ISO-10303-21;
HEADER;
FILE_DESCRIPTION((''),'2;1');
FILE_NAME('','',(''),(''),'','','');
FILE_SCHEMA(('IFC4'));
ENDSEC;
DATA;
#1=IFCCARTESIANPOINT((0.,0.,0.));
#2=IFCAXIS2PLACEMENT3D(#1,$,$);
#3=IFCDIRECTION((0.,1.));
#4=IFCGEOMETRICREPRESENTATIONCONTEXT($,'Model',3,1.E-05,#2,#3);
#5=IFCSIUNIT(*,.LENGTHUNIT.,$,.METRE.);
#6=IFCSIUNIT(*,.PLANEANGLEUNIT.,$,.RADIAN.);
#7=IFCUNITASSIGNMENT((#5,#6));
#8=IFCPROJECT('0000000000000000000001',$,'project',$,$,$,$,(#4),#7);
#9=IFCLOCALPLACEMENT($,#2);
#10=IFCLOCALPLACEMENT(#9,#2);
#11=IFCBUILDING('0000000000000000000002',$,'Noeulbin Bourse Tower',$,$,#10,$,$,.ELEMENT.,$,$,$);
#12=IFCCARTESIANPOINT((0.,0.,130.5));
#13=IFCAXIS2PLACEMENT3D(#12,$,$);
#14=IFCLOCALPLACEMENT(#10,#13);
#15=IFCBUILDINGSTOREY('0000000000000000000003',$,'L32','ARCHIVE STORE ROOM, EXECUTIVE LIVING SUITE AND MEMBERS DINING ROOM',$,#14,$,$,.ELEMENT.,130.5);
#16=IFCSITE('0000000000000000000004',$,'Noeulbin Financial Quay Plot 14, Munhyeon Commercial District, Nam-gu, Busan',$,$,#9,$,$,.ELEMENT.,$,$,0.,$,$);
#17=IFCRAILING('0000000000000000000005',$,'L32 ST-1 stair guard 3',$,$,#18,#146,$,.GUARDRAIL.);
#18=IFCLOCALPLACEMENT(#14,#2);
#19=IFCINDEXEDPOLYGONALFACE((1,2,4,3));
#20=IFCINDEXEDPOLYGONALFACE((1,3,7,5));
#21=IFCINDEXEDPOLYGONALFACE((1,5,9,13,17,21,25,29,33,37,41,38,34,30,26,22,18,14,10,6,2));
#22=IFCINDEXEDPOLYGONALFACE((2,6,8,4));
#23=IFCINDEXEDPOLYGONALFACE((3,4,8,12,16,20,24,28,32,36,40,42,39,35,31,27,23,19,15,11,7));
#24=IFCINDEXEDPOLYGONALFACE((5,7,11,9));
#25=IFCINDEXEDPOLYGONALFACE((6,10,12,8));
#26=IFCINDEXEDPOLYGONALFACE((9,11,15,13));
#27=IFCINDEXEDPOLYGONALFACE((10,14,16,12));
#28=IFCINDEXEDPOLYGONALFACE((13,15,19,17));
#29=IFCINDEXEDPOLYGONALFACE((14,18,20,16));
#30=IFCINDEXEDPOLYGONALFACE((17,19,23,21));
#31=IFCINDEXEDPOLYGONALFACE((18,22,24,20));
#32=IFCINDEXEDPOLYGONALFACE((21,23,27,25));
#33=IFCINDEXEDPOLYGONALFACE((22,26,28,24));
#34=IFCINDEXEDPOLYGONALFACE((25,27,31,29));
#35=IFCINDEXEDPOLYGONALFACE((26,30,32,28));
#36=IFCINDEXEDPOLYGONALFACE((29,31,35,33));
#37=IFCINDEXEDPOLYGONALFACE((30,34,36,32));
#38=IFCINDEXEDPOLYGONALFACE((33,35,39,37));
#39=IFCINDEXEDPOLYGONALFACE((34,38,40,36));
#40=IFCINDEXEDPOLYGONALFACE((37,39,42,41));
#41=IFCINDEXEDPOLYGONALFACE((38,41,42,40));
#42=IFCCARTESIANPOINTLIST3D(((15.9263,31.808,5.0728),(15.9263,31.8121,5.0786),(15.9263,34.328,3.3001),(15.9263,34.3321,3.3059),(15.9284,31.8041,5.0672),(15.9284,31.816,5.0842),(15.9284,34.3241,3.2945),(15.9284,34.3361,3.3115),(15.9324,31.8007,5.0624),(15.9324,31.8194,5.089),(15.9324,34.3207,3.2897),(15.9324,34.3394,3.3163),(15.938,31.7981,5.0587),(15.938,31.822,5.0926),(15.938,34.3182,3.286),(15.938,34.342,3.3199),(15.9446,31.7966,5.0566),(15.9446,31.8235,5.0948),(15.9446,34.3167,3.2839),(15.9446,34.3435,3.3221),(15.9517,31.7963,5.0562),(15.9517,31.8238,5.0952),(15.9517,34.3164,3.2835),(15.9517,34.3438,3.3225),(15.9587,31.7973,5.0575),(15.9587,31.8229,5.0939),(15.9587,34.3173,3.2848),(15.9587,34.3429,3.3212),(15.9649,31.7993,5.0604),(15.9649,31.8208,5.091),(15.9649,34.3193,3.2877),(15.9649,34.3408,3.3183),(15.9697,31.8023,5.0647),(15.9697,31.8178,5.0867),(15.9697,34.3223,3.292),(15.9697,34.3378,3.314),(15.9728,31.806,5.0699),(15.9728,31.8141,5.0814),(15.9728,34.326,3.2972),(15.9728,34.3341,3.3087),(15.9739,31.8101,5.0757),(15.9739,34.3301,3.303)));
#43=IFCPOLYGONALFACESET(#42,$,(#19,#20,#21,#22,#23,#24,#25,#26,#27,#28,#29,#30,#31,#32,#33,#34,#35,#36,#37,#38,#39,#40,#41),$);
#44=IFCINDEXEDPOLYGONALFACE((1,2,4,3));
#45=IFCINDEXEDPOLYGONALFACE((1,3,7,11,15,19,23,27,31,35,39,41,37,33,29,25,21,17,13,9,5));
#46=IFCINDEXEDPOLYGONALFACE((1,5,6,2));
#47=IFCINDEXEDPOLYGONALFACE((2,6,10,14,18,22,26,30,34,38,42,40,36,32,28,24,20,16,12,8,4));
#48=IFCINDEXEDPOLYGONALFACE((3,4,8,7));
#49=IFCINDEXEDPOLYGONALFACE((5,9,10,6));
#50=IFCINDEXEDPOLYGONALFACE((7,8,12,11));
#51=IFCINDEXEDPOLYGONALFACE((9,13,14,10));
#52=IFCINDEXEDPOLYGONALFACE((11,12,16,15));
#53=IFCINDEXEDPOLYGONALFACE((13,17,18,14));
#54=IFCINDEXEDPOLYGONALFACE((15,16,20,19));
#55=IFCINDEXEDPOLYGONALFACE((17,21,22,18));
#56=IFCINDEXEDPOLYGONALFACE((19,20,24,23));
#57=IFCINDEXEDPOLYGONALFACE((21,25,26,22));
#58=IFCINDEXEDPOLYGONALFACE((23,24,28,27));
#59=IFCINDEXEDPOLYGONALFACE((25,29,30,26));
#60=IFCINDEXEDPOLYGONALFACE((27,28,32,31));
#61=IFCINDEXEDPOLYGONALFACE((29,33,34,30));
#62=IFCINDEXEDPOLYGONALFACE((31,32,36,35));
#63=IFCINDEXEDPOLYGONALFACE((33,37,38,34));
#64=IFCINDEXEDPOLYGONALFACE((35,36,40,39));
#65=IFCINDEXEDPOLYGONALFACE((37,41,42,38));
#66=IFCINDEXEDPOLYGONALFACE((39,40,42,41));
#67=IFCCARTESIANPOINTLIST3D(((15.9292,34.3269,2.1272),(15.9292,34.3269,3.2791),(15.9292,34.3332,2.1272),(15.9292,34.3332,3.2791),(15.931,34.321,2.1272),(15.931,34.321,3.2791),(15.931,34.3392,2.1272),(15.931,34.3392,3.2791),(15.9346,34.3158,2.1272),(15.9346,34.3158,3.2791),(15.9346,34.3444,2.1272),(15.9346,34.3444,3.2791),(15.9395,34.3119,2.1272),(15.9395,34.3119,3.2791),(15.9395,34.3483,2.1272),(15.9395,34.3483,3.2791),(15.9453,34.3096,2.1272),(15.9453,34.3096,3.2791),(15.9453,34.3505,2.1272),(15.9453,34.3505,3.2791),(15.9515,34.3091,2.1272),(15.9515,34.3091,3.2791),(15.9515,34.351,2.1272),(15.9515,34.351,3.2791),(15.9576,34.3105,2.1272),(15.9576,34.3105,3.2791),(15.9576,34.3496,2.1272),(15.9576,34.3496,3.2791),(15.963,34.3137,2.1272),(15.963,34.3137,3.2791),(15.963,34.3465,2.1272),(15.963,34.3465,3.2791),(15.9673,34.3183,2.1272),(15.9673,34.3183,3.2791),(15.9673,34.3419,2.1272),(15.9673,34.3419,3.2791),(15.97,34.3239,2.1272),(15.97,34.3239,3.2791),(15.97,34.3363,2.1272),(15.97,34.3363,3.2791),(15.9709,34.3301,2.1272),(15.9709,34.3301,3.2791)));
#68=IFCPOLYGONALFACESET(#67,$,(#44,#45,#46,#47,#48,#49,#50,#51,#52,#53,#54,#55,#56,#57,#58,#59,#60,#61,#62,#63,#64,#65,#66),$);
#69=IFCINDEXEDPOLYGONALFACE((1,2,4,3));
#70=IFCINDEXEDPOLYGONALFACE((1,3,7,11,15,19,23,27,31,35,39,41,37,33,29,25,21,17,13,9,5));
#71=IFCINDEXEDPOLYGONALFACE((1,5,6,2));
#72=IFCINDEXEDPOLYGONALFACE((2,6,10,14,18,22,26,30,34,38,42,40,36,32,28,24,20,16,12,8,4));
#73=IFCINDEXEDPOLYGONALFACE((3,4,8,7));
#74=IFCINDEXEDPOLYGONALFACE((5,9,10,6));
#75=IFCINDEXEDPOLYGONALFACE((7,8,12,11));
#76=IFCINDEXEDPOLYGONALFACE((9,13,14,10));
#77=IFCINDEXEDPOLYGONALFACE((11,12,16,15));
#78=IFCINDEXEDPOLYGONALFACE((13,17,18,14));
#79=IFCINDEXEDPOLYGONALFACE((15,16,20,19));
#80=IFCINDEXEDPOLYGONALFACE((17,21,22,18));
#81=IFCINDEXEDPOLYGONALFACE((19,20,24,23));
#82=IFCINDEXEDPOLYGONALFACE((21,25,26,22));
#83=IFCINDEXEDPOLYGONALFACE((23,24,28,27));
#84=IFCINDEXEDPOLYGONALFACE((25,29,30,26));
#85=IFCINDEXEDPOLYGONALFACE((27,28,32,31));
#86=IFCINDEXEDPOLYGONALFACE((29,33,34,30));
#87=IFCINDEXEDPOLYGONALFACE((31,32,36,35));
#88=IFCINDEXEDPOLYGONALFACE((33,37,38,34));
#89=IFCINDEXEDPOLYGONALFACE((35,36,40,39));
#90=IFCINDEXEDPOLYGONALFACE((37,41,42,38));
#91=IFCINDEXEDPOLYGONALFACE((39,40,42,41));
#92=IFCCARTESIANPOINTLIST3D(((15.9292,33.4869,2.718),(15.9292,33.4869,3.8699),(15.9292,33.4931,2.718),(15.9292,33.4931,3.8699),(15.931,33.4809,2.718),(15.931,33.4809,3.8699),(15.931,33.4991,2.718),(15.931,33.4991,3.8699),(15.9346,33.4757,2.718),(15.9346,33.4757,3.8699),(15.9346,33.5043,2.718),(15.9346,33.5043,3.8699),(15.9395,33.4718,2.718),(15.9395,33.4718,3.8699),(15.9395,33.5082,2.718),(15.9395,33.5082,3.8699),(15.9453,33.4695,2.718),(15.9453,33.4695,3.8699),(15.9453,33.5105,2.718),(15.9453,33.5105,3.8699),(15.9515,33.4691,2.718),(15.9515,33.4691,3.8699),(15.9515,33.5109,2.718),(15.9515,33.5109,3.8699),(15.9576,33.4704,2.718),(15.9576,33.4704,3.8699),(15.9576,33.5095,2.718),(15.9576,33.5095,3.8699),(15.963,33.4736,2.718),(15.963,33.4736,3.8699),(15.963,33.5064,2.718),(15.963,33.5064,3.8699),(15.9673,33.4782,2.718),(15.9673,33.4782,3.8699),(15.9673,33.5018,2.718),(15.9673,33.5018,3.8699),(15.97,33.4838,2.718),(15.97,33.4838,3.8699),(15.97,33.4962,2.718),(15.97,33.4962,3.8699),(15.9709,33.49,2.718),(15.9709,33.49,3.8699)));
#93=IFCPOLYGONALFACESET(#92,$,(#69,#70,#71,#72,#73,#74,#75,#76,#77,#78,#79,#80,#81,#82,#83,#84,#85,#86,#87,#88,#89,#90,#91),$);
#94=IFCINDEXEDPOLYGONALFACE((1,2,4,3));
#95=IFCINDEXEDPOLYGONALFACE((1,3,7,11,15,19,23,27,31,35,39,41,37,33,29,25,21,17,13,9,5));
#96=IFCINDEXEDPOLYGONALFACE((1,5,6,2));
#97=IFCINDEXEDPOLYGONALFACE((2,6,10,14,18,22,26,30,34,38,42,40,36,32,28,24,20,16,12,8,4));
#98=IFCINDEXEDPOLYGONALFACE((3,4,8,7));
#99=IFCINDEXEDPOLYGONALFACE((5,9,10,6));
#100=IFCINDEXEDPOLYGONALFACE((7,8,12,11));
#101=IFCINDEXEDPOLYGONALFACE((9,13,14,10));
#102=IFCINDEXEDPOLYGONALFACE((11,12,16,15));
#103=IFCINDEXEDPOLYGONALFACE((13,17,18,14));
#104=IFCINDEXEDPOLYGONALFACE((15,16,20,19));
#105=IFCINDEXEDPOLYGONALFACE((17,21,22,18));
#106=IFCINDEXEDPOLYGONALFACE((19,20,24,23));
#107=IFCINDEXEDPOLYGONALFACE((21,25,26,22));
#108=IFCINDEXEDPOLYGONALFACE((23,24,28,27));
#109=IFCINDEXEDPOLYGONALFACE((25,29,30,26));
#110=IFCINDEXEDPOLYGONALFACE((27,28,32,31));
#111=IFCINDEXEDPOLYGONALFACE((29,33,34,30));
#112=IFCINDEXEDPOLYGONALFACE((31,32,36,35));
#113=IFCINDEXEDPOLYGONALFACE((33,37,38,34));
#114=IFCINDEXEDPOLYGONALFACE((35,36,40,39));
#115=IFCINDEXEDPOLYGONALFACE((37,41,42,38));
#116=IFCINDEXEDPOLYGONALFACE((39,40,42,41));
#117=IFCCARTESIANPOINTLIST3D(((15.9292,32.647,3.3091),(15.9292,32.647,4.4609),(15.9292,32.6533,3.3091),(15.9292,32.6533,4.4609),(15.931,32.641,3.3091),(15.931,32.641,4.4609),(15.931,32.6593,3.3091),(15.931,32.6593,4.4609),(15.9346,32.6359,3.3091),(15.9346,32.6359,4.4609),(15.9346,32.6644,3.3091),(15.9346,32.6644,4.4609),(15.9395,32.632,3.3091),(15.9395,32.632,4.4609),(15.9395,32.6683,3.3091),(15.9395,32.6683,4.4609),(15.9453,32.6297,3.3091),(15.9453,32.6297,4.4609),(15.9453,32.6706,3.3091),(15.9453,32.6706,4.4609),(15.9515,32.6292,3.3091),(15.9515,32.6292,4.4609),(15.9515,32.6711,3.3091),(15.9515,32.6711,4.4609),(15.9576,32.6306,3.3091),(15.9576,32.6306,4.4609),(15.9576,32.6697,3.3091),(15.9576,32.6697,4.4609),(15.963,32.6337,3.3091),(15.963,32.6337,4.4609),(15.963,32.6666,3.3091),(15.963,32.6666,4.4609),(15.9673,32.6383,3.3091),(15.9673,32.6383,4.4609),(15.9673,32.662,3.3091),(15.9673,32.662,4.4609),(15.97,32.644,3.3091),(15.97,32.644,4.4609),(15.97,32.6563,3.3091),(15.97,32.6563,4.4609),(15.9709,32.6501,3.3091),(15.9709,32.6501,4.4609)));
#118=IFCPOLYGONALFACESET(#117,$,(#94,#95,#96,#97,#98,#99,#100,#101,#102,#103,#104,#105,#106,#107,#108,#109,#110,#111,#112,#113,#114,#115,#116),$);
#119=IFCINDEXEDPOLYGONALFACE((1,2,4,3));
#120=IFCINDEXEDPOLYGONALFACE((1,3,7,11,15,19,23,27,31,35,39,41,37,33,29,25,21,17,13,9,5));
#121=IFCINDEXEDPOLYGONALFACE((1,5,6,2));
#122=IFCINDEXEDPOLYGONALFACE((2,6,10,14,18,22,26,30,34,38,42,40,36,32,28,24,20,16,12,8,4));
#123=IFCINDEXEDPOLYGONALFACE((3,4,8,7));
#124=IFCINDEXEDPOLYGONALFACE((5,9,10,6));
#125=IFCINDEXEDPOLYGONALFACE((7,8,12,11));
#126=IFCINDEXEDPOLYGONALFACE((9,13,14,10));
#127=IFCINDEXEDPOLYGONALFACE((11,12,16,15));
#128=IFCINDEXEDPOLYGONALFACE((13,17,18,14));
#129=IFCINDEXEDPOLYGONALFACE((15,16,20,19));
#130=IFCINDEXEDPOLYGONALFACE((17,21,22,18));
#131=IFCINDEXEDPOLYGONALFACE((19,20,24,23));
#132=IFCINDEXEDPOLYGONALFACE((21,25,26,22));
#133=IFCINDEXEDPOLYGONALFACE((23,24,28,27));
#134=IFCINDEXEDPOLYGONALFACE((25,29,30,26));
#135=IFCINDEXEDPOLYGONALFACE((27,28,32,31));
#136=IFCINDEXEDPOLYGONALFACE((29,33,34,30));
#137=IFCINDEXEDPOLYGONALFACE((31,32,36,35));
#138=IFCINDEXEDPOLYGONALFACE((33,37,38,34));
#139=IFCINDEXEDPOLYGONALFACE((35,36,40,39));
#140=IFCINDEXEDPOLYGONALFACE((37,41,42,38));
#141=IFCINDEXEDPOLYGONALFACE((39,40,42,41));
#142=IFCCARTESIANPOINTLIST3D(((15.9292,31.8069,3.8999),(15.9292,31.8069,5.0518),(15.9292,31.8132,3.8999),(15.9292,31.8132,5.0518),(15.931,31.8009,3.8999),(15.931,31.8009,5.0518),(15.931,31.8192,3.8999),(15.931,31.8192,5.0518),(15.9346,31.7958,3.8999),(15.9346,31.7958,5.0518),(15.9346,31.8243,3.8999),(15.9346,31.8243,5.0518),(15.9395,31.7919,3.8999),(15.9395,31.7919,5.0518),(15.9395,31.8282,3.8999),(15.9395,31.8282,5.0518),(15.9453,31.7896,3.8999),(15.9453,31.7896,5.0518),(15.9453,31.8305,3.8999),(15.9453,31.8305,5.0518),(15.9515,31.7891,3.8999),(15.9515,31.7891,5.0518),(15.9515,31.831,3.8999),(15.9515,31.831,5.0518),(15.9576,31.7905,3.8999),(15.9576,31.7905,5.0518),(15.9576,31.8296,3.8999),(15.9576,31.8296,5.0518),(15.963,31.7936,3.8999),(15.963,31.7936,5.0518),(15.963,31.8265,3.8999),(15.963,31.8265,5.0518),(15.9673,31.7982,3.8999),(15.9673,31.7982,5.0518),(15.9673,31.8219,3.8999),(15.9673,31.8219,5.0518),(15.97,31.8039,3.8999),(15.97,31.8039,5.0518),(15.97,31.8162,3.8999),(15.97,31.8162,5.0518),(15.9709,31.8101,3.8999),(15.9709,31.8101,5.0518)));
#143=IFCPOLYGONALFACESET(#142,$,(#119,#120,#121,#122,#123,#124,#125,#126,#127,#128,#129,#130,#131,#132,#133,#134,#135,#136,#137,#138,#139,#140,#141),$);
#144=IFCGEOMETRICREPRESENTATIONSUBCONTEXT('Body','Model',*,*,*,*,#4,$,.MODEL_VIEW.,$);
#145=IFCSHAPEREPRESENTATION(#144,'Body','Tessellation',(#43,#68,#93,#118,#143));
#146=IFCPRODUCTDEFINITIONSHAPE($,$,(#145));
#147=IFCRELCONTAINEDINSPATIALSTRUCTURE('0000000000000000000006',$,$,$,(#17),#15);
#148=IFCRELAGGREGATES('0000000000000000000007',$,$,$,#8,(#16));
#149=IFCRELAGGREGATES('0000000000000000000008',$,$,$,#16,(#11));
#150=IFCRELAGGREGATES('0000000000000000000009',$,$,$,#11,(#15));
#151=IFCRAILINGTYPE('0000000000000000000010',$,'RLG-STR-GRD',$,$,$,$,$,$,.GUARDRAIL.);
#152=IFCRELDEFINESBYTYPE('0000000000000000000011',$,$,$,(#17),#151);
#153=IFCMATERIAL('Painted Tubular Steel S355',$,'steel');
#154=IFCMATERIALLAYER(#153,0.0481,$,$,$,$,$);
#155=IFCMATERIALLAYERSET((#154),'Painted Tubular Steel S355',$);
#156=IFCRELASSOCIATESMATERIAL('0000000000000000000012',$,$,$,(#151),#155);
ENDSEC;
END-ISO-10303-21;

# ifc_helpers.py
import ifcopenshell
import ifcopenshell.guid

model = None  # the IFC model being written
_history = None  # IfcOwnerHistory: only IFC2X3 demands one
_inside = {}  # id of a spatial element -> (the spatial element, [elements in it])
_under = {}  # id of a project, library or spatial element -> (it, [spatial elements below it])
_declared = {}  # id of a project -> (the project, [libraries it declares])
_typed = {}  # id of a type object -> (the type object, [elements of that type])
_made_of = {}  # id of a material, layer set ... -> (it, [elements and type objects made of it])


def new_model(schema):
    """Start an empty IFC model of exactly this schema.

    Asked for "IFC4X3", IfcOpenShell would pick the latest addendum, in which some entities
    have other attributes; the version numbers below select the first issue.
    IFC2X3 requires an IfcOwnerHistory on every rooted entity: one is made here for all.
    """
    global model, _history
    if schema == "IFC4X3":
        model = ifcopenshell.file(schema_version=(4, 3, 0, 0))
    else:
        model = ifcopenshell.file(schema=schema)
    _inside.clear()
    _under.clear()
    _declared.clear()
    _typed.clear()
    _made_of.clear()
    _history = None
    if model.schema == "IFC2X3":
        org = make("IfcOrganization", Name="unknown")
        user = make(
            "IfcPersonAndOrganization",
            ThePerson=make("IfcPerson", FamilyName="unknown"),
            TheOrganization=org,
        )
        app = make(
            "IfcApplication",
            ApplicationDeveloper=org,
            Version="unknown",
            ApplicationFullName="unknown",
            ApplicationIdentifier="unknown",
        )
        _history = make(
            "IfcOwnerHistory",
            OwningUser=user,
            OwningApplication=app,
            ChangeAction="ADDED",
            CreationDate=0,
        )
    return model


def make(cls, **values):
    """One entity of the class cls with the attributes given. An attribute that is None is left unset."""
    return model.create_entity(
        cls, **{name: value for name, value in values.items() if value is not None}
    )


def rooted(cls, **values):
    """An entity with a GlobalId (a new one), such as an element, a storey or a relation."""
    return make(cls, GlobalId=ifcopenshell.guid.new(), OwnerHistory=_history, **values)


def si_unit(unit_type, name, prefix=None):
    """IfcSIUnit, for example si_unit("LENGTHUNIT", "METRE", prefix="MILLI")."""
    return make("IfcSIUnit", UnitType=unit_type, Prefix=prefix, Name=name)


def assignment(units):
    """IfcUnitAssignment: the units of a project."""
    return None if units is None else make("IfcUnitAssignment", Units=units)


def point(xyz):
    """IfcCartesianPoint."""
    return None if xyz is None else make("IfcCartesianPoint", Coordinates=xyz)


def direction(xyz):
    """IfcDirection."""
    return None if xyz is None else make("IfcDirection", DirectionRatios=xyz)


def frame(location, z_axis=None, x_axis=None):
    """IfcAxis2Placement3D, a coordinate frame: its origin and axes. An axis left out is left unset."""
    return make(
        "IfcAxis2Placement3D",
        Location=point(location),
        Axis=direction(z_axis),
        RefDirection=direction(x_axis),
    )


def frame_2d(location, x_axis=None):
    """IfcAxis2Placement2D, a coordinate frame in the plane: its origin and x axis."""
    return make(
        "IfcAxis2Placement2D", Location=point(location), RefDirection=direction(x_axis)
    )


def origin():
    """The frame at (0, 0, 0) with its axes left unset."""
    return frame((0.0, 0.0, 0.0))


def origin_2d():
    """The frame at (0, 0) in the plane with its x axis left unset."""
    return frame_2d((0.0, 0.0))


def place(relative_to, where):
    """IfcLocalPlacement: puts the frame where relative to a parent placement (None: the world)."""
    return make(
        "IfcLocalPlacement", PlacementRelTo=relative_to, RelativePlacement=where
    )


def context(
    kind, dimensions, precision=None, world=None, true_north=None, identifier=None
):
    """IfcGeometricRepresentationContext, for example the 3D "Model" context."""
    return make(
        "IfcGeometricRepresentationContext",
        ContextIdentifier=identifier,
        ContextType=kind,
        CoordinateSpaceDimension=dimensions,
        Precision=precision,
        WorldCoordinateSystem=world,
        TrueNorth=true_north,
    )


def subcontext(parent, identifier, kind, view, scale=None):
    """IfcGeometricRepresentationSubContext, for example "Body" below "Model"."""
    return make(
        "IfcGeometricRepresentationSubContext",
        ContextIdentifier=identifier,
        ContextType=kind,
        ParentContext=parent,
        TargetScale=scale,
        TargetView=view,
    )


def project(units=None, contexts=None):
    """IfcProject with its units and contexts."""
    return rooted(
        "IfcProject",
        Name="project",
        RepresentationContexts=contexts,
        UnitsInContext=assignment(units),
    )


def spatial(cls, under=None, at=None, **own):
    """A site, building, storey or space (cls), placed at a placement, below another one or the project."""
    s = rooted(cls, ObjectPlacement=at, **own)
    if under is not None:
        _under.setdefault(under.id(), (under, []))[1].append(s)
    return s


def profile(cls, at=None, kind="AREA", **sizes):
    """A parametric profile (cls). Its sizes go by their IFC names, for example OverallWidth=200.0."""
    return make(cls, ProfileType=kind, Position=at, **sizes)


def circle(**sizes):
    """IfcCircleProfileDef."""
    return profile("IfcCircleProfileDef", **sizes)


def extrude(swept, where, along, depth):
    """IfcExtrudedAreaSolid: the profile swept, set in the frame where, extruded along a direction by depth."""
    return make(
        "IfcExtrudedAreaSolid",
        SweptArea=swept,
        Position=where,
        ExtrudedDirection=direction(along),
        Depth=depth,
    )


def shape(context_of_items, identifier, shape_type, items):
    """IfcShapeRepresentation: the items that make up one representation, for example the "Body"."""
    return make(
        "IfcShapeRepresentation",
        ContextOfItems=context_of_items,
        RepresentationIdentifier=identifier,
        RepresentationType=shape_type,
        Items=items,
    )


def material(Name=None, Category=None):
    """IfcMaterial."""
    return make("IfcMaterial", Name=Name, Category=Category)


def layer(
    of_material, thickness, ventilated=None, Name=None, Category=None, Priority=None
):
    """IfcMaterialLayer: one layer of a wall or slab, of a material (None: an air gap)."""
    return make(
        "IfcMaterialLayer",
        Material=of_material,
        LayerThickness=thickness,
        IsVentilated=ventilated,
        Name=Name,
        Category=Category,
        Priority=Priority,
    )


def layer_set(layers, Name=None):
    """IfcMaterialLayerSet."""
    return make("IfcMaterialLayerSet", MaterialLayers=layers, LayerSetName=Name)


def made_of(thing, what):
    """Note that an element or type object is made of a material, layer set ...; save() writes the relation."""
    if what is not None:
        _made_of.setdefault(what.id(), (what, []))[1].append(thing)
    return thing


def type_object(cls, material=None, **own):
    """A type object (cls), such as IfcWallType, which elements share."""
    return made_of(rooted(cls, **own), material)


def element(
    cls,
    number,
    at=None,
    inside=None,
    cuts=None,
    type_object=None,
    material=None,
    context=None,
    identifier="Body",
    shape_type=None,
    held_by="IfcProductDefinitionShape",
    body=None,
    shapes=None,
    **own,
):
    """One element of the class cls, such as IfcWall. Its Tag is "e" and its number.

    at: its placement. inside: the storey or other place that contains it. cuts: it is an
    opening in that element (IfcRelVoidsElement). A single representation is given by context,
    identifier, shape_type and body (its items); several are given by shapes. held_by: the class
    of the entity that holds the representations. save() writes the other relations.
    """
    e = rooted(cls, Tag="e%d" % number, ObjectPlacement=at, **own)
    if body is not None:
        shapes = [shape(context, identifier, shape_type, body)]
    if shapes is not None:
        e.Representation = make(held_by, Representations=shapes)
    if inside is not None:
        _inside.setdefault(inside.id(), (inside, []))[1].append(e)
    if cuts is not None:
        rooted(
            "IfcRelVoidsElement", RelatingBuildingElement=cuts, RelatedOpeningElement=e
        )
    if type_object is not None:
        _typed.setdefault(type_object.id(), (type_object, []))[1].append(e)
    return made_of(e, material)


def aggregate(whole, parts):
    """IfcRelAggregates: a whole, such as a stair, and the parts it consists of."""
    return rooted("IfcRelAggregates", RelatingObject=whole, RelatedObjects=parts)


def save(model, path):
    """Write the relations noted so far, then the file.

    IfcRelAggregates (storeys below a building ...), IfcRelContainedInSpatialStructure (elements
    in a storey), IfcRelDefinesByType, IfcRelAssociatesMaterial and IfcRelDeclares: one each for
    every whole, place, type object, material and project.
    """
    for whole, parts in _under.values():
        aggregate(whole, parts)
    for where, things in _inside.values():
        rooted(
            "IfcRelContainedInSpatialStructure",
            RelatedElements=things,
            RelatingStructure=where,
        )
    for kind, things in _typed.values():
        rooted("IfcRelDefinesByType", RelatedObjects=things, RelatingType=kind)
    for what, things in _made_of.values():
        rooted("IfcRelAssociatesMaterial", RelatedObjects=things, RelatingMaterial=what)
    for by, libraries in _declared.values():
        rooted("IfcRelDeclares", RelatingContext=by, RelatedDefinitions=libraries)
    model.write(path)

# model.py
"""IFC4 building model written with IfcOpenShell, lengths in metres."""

from ifc_helpers import new_model, si_unit, direction, frame, origin, origin_2d, place, context, subcontext, project, spatial, circle, extrude, material, layer, layer_set, type_object, element, save


model = new_model("IFC4")

# Units and contexts
model_context = context("Model", 3, precision=1e-05, world=origin(), true_north=direction((0.0, 1.0)))
body_context = subcontext(model_context, "Body", "Model", "MODEL_VIEW")
ifc_project = project(units=[si_unit("LENGTHUNIT", "METRE"), si_unit("PLANEANGLEUNIT", "RADIAN")], contexts=[model_context])

# Site, building, storey
site_placement = place(None, origin())
site = spatial("IfcSite", under=ifc_project, at=site_placement, Name="Noeulbin Financial Quay Plot 14, Munhyeon Commercial District, Nam-gu, Busan", CompositionType="ELEMENT", RefElevation=0.0)
building_placement = place(site_placement, origin())
building = spatial("IfcBuilding", under=site, at=building_placement, Name="Noeulbin Bourse Tower", CompositionType="ELEMENT")
storey_placement = place(building_placement, frame((0.0, 0.0, 130.5)))
storey = spatial("IfcBuildingStorey", under=building, at=storey_placement, Name="L32", Description="ARCHIVE STORE ROOM, EXECUTIVE LIVING SUITE AND MEMBERS DINING ROOM", CompositionType="ELEMENT", Elevation=130.5)

# Railing
ifc_material_1 = material(Name="Painted Tubular Steel S355", Category="steel")
ifc_layer_1 = layer(ifc_material_1, 0.0481)
ifc_layer_set_1 = layer_set([ifc_layer_1], Name="Painted Tubular Steel S355")
railing_type = type_object("IfcRailingType", Name="RLG-STR-GRD", PredefinedType="GUARDRAIL", material=ifc_layer_set_1)
railing_1_placement = place(storey_placement, frame((15.95, 34.3301, 2.1272)))
element("IfcRailing", 1, at=railing_1_placement, inside=storey, type_object=railing_type, Name="L32 ST-1 stair guard 3", PredefinedType="GUARDRAIL", context=body_context, shape_type="SweptSolid", body=[
    extrude(circle(Radius=0.0239, at=origin_2d()), frame((0.0, 0.0, 1.1758), z_axis=(0.0, -0.817904, 0.575354), x_axis=(1.0, 0.0, 0.0)), (0.0, 0.0, 1.0), 3.0811),
    extrude(circle(Radius=0.021, at=origin_2d()), origin(), (0.0, 0.0, 1.0), 1.1519),
    extrude(circle(Radius=0.021, at=origin_2d()), frame((0.0, -0.8401, 0.5908)), (0.0, 0.0, 1.0), 1.1519),
    extrude(circle(Radius=0.021, at=origin_2d()), frame((0.0, -1.6799, 1.1819)), (0.0, 0.0, 1.0), 1.1519),
    extrude(circle(Radius=0.021, at=origin_2d()), frame((0.0, -2.52, 1.7727)), (0.0, 0.0, 1.0), 1.1519),
])

save(model, "model.ifc")
